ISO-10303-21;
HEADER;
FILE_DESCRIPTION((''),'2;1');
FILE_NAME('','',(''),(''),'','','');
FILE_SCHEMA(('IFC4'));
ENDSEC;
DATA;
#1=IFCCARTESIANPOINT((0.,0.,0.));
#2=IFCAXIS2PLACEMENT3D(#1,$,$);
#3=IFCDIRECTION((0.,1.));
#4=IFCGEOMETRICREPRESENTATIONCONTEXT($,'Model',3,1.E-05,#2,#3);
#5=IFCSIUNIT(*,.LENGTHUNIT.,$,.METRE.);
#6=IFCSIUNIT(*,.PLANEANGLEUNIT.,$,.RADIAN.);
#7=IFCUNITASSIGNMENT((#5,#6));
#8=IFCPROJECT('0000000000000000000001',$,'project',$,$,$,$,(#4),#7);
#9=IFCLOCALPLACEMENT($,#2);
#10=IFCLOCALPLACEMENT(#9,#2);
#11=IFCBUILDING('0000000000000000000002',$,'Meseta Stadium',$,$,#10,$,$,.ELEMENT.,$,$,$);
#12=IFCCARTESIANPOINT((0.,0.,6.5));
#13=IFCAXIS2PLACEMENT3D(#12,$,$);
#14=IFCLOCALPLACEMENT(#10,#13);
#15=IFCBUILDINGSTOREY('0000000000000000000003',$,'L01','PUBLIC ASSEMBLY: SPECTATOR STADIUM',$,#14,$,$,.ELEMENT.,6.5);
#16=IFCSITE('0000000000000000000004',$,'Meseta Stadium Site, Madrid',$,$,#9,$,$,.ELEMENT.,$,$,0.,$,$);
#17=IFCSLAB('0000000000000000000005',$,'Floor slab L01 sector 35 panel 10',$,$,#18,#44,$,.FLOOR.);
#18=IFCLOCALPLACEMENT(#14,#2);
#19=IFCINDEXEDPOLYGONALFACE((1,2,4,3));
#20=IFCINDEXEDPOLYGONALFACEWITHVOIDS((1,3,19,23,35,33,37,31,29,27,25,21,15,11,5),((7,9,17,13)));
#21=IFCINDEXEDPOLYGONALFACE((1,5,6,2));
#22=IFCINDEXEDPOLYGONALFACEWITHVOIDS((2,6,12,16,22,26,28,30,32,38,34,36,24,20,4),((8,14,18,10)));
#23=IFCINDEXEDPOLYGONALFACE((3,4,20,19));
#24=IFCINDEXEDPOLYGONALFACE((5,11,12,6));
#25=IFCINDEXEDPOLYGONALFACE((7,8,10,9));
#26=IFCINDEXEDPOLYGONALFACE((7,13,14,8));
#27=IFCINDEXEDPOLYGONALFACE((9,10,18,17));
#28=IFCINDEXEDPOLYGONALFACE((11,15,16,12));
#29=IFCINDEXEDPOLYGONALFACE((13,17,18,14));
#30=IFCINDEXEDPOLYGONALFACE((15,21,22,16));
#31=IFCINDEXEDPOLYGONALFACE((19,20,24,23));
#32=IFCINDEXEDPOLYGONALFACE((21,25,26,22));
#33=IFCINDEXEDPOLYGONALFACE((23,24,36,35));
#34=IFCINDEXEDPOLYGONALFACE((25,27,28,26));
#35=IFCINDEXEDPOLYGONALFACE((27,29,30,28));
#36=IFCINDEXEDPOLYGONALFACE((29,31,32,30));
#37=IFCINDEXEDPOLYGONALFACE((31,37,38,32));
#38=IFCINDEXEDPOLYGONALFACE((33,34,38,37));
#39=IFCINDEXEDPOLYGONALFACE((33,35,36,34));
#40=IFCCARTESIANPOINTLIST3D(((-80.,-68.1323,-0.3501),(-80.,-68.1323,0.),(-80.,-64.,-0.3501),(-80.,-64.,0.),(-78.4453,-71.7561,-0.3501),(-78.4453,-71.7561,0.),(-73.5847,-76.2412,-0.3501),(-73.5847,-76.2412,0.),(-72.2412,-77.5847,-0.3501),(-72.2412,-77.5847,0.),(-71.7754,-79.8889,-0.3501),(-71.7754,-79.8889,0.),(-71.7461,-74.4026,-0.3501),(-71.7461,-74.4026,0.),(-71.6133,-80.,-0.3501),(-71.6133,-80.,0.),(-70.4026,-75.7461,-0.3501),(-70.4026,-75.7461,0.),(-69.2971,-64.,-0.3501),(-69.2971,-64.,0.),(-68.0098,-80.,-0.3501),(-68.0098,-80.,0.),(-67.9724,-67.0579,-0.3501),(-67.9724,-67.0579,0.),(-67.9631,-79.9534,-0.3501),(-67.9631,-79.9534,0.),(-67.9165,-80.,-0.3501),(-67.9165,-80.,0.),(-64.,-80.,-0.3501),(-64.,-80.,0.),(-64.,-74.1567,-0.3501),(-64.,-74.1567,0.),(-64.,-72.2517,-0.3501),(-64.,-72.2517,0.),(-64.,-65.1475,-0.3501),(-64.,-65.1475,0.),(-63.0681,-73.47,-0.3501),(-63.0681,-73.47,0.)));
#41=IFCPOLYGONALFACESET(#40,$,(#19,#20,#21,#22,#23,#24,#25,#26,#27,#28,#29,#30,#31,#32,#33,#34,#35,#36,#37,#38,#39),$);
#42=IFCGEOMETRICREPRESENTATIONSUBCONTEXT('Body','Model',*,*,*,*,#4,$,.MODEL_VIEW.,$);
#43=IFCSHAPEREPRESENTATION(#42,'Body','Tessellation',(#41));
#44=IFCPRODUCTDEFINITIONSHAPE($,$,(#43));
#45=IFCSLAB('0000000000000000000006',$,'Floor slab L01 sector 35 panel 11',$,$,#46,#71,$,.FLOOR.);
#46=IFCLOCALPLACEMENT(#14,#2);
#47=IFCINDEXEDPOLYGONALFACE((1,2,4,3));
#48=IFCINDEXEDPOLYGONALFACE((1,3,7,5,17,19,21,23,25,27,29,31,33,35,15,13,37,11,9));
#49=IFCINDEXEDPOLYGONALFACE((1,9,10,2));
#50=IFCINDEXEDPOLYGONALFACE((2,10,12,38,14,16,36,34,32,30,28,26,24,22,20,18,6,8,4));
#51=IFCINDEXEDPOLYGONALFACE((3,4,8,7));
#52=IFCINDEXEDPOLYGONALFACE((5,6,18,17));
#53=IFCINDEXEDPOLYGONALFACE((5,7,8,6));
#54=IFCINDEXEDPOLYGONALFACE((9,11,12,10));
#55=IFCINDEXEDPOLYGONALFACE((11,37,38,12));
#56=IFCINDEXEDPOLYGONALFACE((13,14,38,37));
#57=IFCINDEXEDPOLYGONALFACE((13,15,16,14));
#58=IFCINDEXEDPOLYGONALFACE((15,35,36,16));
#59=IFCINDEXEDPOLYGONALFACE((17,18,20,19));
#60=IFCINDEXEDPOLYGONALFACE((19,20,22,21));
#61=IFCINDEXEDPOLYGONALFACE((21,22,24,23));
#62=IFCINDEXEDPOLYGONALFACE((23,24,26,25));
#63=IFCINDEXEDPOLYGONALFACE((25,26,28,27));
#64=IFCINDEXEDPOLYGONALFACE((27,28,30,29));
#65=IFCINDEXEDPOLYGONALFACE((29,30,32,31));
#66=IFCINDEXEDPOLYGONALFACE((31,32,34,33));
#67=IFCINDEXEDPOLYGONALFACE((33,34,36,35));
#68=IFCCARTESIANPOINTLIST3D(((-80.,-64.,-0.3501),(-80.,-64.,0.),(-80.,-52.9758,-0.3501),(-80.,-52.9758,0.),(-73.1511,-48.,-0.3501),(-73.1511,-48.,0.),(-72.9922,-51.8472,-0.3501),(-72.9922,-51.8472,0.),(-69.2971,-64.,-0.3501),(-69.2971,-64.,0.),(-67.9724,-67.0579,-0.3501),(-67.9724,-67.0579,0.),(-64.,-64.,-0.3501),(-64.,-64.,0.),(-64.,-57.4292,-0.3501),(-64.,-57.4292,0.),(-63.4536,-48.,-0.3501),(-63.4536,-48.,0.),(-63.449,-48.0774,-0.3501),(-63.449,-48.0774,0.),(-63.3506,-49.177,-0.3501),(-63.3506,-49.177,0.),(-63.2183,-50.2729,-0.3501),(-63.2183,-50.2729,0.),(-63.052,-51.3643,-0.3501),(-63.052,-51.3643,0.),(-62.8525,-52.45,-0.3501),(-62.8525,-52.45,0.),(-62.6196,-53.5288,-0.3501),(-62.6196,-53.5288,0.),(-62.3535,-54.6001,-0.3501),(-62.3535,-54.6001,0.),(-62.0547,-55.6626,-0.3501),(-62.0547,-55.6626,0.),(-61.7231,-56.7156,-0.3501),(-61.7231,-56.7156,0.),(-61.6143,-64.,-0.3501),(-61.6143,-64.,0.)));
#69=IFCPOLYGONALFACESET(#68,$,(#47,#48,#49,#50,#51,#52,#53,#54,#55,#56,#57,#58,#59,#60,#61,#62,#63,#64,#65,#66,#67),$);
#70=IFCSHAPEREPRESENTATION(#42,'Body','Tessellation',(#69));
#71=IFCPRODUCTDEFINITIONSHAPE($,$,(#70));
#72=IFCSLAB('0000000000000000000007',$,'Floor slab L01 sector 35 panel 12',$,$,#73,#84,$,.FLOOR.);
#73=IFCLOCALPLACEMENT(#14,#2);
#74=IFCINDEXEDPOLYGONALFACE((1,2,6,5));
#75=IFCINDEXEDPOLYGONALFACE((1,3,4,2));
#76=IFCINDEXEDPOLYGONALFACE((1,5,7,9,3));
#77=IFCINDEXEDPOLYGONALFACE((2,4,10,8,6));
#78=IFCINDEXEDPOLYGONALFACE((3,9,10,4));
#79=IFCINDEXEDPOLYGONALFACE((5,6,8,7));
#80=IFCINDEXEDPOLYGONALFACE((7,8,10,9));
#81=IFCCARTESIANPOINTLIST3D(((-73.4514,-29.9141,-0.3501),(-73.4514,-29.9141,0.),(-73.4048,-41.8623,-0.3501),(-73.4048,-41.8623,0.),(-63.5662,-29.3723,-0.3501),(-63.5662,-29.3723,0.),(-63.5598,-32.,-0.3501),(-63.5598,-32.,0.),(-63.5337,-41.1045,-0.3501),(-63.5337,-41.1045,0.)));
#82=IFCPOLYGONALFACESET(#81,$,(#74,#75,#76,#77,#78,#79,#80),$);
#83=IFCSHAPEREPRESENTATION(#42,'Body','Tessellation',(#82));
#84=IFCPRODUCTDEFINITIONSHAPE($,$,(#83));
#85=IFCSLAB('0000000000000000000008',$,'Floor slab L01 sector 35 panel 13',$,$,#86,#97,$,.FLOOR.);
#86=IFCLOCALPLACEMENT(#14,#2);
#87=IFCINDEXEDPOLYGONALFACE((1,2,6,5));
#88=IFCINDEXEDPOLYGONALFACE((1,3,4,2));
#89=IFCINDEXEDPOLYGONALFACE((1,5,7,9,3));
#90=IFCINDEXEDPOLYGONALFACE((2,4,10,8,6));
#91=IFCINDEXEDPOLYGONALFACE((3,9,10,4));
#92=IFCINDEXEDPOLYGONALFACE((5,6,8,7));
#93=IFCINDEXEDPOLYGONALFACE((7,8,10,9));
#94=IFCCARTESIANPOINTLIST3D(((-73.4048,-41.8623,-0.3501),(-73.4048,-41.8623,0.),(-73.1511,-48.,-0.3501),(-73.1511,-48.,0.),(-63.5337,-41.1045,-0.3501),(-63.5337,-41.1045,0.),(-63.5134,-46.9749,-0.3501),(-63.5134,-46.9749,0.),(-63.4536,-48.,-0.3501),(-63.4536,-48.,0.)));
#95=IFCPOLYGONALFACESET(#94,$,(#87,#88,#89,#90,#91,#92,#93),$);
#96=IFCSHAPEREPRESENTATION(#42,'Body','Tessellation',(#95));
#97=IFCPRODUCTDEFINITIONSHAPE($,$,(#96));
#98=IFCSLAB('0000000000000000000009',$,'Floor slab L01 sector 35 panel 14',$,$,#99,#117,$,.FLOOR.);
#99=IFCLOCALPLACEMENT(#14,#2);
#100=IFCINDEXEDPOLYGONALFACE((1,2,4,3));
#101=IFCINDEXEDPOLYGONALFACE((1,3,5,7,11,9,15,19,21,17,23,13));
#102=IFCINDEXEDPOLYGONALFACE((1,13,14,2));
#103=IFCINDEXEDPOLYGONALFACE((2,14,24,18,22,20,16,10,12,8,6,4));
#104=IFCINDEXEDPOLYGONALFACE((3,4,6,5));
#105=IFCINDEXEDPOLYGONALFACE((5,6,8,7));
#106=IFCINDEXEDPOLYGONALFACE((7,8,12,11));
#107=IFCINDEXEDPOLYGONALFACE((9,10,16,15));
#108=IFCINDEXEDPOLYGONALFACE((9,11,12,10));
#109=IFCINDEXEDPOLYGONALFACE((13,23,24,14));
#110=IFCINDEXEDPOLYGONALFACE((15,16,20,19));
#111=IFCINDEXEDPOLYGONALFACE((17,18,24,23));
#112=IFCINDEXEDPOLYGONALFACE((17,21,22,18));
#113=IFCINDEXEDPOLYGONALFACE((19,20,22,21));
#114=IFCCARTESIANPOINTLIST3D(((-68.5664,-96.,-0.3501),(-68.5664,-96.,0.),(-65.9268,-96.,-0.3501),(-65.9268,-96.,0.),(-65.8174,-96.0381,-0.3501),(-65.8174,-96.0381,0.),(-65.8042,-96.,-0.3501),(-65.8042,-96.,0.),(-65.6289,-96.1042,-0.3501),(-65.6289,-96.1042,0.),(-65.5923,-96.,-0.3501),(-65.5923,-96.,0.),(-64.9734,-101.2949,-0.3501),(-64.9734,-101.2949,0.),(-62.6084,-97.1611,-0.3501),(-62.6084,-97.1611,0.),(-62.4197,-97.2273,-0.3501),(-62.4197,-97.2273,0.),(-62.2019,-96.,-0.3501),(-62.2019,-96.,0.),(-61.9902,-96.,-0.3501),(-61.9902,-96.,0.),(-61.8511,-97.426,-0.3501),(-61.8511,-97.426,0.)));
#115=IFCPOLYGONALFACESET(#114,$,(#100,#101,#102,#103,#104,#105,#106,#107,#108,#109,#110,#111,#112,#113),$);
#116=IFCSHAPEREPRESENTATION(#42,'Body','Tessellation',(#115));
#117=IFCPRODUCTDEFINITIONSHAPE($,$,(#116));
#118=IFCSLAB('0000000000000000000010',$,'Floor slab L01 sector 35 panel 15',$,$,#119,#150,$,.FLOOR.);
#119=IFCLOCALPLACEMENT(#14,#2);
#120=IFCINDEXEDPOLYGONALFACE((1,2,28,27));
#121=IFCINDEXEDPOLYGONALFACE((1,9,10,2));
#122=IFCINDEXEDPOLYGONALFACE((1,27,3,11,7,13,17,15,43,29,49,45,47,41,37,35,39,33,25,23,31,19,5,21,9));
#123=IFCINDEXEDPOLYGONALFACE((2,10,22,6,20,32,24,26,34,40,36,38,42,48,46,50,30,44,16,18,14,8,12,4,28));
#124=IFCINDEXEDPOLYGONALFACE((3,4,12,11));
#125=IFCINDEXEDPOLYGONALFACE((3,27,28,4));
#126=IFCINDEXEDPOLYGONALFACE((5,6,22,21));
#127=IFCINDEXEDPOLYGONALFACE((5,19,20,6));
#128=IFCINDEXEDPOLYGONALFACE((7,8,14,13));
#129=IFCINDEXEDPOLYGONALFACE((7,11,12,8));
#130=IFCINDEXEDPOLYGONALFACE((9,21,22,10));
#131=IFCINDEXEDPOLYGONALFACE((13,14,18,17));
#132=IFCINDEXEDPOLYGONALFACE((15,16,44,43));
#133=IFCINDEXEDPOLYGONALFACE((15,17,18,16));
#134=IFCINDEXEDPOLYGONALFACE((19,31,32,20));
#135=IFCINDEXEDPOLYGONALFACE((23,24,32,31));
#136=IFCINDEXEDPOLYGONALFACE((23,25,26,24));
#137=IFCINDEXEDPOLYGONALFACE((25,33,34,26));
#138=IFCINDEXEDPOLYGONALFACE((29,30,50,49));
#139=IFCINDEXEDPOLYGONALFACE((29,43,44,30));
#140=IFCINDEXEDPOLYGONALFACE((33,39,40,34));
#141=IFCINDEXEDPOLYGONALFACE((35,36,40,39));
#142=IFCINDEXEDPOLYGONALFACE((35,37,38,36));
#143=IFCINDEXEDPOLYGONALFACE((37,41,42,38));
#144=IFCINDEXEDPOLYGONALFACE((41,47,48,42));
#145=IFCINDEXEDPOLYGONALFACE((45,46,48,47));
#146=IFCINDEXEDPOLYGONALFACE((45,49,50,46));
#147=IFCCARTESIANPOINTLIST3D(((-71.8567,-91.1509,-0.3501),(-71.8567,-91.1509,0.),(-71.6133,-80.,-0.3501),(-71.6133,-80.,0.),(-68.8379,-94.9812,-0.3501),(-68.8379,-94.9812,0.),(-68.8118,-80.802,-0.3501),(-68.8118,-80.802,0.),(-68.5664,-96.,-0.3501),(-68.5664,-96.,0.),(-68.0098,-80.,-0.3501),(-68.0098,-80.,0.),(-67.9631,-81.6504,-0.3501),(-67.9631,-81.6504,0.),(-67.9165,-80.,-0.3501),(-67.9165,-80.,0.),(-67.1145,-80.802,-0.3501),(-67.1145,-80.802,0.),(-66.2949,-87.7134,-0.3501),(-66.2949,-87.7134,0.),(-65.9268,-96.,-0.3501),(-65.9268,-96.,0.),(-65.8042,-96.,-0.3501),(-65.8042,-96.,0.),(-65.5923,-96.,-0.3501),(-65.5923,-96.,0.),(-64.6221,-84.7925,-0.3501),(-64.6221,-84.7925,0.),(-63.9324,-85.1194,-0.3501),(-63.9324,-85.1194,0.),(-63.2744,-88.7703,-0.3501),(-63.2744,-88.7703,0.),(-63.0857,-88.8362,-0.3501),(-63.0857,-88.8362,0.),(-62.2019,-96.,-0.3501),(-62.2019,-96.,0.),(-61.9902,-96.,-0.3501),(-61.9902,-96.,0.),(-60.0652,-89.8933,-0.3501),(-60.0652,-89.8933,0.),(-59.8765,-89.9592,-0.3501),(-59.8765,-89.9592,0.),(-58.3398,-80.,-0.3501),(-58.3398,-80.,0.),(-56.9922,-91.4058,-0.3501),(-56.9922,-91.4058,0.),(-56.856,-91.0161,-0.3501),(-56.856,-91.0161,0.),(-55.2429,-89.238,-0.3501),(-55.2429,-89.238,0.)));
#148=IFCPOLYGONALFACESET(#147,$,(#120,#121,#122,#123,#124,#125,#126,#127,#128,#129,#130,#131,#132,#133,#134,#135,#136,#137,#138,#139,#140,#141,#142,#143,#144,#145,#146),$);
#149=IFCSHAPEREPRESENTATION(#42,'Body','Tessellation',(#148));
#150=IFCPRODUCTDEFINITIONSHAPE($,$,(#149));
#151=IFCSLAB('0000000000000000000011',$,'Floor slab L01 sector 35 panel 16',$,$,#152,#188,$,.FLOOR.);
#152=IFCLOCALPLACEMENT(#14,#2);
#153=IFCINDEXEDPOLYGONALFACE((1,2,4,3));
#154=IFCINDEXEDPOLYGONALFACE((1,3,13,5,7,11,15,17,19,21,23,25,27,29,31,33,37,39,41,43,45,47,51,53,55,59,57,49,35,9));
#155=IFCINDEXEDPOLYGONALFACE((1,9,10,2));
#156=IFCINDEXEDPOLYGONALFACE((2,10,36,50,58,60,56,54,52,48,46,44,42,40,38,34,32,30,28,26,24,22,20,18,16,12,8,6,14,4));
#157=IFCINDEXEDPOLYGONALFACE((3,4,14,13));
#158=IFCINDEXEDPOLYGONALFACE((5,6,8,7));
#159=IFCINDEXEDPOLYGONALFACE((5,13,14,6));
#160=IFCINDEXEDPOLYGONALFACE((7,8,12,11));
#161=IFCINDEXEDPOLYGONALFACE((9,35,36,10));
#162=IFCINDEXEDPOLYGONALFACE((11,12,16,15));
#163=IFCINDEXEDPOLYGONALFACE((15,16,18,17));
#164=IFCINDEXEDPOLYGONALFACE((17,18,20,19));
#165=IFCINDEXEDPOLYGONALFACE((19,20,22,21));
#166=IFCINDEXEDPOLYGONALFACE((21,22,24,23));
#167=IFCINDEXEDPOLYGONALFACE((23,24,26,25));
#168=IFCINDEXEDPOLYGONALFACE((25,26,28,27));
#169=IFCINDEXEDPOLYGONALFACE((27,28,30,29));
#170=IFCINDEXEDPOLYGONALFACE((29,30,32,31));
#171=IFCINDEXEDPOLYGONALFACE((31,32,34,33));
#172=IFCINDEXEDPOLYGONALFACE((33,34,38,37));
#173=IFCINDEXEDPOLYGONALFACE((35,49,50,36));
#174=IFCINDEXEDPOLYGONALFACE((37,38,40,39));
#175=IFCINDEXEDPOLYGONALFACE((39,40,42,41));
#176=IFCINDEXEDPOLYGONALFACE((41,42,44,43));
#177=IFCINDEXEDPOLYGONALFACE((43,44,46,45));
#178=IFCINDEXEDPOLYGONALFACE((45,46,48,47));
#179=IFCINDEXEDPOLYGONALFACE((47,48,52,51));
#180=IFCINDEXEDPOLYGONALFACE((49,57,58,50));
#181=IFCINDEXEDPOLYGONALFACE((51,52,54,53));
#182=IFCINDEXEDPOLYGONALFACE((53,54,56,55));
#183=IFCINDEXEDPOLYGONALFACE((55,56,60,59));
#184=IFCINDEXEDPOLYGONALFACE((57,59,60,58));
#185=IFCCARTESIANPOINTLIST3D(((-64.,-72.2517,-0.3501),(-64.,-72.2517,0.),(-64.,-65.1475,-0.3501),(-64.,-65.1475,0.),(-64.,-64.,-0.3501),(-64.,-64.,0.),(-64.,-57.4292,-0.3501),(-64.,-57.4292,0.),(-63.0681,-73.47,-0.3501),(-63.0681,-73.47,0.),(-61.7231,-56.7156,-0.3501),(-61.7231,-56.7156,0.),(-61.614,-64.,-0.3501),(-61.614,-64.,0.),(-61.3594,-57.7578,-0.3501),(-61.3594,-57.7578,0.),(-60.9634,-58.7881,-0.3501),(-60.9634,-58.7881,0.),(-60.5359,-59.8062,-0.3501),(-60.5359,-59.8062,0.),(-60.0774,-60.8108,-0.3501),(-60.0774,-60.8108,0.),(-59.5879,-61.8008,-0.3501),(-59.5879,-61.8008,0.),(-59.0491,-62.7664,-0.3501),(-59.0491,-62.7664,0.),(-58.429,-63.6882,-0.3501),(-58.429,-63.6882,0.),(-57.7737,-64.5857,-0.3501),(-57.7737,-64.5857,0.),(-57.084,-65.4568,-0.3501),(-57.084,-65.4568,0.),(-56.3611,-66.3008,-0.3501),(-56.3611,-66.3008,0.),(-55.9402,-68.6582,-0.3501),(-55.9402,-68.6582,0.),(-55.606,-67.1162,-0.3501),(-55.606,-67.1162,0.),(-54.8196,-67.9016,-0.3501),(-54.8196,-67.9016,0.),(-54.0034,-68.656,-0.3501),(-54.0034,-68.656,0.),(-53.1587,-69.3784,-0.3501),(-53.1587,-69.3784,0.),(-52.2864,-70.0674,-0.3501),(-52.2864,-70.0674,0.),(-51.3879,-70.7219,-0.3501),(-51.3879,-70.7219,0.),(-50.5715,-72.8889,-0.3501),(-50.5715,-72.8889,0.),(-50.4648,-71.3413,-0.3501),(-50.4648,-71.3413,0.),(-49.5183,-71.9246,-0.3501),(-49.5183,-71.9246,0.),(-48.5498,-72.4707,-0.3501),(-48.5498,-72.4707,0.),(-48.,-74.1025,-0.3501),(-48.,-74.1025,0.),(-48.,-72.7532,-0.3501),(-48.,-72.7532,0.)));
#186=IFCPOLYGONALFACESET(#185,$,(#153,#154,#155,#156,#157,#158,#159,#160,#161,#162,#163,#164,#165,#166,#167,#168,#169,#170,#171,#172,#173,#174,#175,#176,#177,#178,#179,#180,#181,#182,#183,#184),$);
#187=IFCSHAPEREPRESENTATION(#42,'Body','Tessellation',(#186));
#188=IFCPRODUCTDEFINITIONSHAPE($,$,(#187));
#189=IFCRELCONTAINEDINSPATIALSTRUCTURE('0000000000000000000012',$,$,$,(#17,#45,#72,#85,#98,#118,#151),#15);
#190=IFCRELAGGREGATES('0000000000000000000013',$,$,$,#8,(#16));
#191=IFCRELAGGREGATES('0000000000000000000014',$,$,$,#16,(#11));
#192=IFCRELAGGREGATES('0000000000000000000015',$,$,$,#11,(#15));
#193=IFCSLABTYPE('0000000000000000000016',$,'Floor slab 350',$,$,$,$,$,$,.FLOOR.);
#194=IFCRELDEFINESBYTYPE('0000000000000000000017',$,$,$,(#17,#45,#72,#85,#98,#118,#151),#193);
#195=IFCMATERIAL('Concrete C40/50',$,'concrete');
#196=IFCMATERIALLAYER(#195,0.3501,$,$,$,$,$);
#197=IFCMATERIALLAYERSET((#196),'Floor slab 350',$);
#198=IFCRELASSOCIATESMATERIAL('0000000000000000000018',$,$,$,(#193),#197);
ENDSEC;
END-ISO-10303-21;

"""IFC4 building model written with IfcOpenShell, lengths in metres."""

from ifc_helpers import new_model, si_unit, direction, frame, origin, place, context, subcontext, project, spatial, polyline, outline, extrude, material, layer, layer_set, type_object, element, save


model = new_model("IFC4")

# Units and contexts
model_context = context("Model", 3, precision=1e-05, world=origin(), true_north=direction((0.0, 1.0)))
body_context = subcontext(model_context, "Body", "Model", "MODEL_VIEW")
ifc_project = project(units=[si_unit("LENGTHUNIT", "METRE"), si_unit("PLANEANGLEUNIT", "RADIAN")], contexts=[model_context])

# Site, building, storey
site_placement = place(None, origin())
site = spatial("IfcSite", under=ifc_project, at=site_placement, Name="Meseta Stadium Site, Madrid", CompositionType="ELEMENT", RefElevation=0.0)
building_placement = place(site_placement, origin())
building = spatial("IfcBuilding", under=site, at=building_placement, Name="Meseta Stadium", CompositionType="ELEMENT")
storey_placement = place(building_placement, frame((0.0, 0.0, 6.5)))
storey = spatial("IfcBuildingStorey", under=building, at=storey_placement, Name="L01", Description="PUBLIC ASSEMBLY: SPECTATOR STADIUM", CompositionType="ELEMENT", Elevation=6.5)

# Slabs
ifc_material = material(Name="Concrete C40/50", Category="concrete")
ifc_layer = layer(ifc_material, 0.3501)
ifc_layer_set = layer_set([ifc_layer], Name="Floor slab 350")
slab_type = type_object("IfcSlabType", Name="Floor slab 350", PredefinedType="FLOOR", material=ifc_layer_set)
slab_1_placement = place(storey_placement, frame((0.0, 0.0, -0.3501)))
element("IfcSlab", 1, at=slab_1_placement, inside=storey, type_object=slab_type, Name="Floor slab L01 sector 35 panel 10", PredefinedType="FLOOR", context=body_context, shape_type="SweptSolid", body=[
    extrude(outline(polyline([(-64.0, -65.1475), (-67.9724, -67.0579), (-69.2971, -64.0), (-80.0, -64.0), (-80.0, -68.1323), (-78.4453, -71.7561), (-71.7754, -79.8889), (-71.6133, -80.0), (-68.0098, -80.0), (-67.9631, -79.9534), (-67.9165, -80.0), (-64.0, -80.0), (-64.0, -74.1567), (-63.0681, -73.47), (-64.0, -72.2517), (-64.0, -65.1475)]), holes=[polyline([(-73.5847, -76.2412), (-71.7461, -74.4026), (-70.4026, -75.7461), (-72.2412, -77.5847), (-73.5847, -76.2412)])]), origin(), (0.0, 0.0, 1.0), 0.3501),
])
slab_2_placement = place(storey_placement, frame((0.0, 0.0, -0.3501)))
element("IfcSlab", 2, at=slab_2_placement, inside=storey, type_object=slab_type, Name="Floor slab L01 sector 35 panel 11", PredefinedType="FLOOR", context=body_context, shape_type="SweptSolid", body=[
    extrude(outline(polyline([(-62.6196, -53.5288), (-62.8525, -52.45), (-63.052, -51.3643), (-63.2183, -50.2729), (-63.3506, -49.177), (-63.449, -48.0774), (-63.4536, -48.0), (-73.1511, -48.0), (-72.9922, -51.8472), (-80.0, -52.9758), (-80.0, -64.0), (-69.2971, -64.0), (-67.9724, -67.0579), (-61.6143, -64.0), (-64.0, -64.0), (-64.0, -57.4292), (-61.7231, -56.7156), (-62.0547, -55.6626), (-62.3535, -54.6001), (-62.6196, -53.5288)])), origin(), (0.0, 0.0, 1.0), 0.3501),
])
slab_3_placement = place(storey_placement, frame((0.0, 0.0, -0.3501)))
element("IfcSlab", 3, at=slab_3_placement, inside=storey, type_object=slab_type, Name="Floor slab L01 sector 35 panel 12", PredefinedType="FLOOR", context=body_context, shape_type="SweptSolid", body=[
    extrude(outline(polyline([(-63.5662, -29.3723), (-73.4514, -29.9141), (-73.4048, -41.8623), (-63.5337, -41.1045), (-63.5598, -32.0), (-63.5662, -29.3723)])), origin(), (0.0, 0.0, 1.0), 0.3501),
])
slab_4_placement = place(storey_placement, frame((0.0, 0.0, -0.3501)))
element("IfcSlab", 4, at=slab_4_placement, inside=storey, type_object=slab_type, Name="Floor slab L01 sector 35 panel 13", PredefinedType="FLOOR", context=body_context, shape_type="SweptSolid", body=[
    extrude(outline(polyline([(-73.4048, -41.8623), (-73.1511, -48.0), (-63.4536, -48.0), (-63.5134, -46.9749), (-63.5337, -41.1045), (-73.4048, -41.8623)])), origin(), (0.0, 0.0, 1.0), 0.3501),
])
slab_5_placement = place(storey_placement, frame((0.0, 0.0, -0.3501)))
element("IfcSlab", 5, at=slab_5_placement, inside=storey, type_object=slab_type, Name="Floor slab L01 sector 35 panel 14", PredefinedType="FLOOR", context=body_context, shape_type="SweptSolid", body=[
    extrude(outline(polyline([(-65.8174, -96.0381), (-65.9268, -96.0), (-68.5664, -96.0), (-64.9734, -101.2949), (-61.8511, -97.426), (-62.4197, -97.2273), (-61.9902, -96.0), (-62.2019, -96.0), (-62.6084, -97.1611), (-65.6289, -96.1042), (-65.5923, -96.0), (-65.8042, -96.0), (-65.8174, -96.0381)])), origin(), (0.0, 0.0, 1.0), 0.3501),
])
slab_6_placement = place(storey_placement, frame((0.0, 0.0, -0.3501)))
element("IfcSlab", 6, at=slab_6_placement, inside=storey, type_object=slab_type, Name="Floor slab L01 sector 35 panel 15", PredefinedType="FLOOR", context=body_context, shape_type="SweptSolid", body=[
    extrude(outline(polyline([(-67.1145, -80.802), (-67.9631, -81.6504), (-68.8118, -80.802), (-68.0098, -80.0), (-71.6133, -80.0), (-64.6221, -84.7925), (-71.8567, -91.1509), (-68.5664, -96.0), (-65.9268, -96.0), (-68.8379, -94.9812), (-66.2949, -87.7134), (-63.2744, -88.7703), (-65.8042, -96.0), (-65.5923, -96.0), (-63.0857, -88.8362), (-60.0652, -89.8933), (-62.2019, -96.0), (-61.9902, -96.0), (-59.8765, -89.9592), (-56.856, -91.0161), (-56.9922, -91.4058), (-55.2429, -89.238), (-63.9324, -85.1194), (-58.3398, -80.0), (-67.9165, -80.0), (-67.1145, -80.802)])), origin(), (0.0, 0.0, 1.0), 0.3501),
])
slab_7_placement = place(storey_placement, frame((0.0, 0.0, -0.3501)))
element("IfcSlab", 7, at=slab_7_placement, inside=storey, type_object=slab_type, Name="Floor slab L01 sector 35 panel 16", PredefinedType="FLOOR", context=body_context, shape_type="SweptSolid", body=[
    extrude(outline(polyline([(-55.606, -67.1162), (-56.3611, -66.3008), (-57.084, -65.4568), (-57.7737, -64.5857), (-58.429, -63.6882), (-59.0491, -62.7664), (-59.5879, -61.8008), (-60.0774, -60.8108), (-60.5359, -59.8062), (-60.9634, -58.7881), (-61.3594, -57.7578), (-61.7231, -56.7156), (-64.0, -57.4292), (-64.0, -64.0), (-61.614, -64.0), (-64.0, -65.1475), (-64.0, -72.2517), (-63.0681, -73.47), (-55.9402, -68.6582), (-50.5715, -72.8889), (-48.0, -74.1025), (-48.0, -72.7532), (-48.5498, -72.4707), (-49.5183, -71.9246), (-50.4648, -71.3413), (-51.3879, -70.7219), (-52.2864, -70.0674), (-53.1587, -69.3784), (-54.0034, -68.656), (-54.8196, -67.9016), (-55.606, -67.1162)])), origin(), (0.0, 0.0, 1.0), 0.3501),
])

save(model, "model.ifc")
